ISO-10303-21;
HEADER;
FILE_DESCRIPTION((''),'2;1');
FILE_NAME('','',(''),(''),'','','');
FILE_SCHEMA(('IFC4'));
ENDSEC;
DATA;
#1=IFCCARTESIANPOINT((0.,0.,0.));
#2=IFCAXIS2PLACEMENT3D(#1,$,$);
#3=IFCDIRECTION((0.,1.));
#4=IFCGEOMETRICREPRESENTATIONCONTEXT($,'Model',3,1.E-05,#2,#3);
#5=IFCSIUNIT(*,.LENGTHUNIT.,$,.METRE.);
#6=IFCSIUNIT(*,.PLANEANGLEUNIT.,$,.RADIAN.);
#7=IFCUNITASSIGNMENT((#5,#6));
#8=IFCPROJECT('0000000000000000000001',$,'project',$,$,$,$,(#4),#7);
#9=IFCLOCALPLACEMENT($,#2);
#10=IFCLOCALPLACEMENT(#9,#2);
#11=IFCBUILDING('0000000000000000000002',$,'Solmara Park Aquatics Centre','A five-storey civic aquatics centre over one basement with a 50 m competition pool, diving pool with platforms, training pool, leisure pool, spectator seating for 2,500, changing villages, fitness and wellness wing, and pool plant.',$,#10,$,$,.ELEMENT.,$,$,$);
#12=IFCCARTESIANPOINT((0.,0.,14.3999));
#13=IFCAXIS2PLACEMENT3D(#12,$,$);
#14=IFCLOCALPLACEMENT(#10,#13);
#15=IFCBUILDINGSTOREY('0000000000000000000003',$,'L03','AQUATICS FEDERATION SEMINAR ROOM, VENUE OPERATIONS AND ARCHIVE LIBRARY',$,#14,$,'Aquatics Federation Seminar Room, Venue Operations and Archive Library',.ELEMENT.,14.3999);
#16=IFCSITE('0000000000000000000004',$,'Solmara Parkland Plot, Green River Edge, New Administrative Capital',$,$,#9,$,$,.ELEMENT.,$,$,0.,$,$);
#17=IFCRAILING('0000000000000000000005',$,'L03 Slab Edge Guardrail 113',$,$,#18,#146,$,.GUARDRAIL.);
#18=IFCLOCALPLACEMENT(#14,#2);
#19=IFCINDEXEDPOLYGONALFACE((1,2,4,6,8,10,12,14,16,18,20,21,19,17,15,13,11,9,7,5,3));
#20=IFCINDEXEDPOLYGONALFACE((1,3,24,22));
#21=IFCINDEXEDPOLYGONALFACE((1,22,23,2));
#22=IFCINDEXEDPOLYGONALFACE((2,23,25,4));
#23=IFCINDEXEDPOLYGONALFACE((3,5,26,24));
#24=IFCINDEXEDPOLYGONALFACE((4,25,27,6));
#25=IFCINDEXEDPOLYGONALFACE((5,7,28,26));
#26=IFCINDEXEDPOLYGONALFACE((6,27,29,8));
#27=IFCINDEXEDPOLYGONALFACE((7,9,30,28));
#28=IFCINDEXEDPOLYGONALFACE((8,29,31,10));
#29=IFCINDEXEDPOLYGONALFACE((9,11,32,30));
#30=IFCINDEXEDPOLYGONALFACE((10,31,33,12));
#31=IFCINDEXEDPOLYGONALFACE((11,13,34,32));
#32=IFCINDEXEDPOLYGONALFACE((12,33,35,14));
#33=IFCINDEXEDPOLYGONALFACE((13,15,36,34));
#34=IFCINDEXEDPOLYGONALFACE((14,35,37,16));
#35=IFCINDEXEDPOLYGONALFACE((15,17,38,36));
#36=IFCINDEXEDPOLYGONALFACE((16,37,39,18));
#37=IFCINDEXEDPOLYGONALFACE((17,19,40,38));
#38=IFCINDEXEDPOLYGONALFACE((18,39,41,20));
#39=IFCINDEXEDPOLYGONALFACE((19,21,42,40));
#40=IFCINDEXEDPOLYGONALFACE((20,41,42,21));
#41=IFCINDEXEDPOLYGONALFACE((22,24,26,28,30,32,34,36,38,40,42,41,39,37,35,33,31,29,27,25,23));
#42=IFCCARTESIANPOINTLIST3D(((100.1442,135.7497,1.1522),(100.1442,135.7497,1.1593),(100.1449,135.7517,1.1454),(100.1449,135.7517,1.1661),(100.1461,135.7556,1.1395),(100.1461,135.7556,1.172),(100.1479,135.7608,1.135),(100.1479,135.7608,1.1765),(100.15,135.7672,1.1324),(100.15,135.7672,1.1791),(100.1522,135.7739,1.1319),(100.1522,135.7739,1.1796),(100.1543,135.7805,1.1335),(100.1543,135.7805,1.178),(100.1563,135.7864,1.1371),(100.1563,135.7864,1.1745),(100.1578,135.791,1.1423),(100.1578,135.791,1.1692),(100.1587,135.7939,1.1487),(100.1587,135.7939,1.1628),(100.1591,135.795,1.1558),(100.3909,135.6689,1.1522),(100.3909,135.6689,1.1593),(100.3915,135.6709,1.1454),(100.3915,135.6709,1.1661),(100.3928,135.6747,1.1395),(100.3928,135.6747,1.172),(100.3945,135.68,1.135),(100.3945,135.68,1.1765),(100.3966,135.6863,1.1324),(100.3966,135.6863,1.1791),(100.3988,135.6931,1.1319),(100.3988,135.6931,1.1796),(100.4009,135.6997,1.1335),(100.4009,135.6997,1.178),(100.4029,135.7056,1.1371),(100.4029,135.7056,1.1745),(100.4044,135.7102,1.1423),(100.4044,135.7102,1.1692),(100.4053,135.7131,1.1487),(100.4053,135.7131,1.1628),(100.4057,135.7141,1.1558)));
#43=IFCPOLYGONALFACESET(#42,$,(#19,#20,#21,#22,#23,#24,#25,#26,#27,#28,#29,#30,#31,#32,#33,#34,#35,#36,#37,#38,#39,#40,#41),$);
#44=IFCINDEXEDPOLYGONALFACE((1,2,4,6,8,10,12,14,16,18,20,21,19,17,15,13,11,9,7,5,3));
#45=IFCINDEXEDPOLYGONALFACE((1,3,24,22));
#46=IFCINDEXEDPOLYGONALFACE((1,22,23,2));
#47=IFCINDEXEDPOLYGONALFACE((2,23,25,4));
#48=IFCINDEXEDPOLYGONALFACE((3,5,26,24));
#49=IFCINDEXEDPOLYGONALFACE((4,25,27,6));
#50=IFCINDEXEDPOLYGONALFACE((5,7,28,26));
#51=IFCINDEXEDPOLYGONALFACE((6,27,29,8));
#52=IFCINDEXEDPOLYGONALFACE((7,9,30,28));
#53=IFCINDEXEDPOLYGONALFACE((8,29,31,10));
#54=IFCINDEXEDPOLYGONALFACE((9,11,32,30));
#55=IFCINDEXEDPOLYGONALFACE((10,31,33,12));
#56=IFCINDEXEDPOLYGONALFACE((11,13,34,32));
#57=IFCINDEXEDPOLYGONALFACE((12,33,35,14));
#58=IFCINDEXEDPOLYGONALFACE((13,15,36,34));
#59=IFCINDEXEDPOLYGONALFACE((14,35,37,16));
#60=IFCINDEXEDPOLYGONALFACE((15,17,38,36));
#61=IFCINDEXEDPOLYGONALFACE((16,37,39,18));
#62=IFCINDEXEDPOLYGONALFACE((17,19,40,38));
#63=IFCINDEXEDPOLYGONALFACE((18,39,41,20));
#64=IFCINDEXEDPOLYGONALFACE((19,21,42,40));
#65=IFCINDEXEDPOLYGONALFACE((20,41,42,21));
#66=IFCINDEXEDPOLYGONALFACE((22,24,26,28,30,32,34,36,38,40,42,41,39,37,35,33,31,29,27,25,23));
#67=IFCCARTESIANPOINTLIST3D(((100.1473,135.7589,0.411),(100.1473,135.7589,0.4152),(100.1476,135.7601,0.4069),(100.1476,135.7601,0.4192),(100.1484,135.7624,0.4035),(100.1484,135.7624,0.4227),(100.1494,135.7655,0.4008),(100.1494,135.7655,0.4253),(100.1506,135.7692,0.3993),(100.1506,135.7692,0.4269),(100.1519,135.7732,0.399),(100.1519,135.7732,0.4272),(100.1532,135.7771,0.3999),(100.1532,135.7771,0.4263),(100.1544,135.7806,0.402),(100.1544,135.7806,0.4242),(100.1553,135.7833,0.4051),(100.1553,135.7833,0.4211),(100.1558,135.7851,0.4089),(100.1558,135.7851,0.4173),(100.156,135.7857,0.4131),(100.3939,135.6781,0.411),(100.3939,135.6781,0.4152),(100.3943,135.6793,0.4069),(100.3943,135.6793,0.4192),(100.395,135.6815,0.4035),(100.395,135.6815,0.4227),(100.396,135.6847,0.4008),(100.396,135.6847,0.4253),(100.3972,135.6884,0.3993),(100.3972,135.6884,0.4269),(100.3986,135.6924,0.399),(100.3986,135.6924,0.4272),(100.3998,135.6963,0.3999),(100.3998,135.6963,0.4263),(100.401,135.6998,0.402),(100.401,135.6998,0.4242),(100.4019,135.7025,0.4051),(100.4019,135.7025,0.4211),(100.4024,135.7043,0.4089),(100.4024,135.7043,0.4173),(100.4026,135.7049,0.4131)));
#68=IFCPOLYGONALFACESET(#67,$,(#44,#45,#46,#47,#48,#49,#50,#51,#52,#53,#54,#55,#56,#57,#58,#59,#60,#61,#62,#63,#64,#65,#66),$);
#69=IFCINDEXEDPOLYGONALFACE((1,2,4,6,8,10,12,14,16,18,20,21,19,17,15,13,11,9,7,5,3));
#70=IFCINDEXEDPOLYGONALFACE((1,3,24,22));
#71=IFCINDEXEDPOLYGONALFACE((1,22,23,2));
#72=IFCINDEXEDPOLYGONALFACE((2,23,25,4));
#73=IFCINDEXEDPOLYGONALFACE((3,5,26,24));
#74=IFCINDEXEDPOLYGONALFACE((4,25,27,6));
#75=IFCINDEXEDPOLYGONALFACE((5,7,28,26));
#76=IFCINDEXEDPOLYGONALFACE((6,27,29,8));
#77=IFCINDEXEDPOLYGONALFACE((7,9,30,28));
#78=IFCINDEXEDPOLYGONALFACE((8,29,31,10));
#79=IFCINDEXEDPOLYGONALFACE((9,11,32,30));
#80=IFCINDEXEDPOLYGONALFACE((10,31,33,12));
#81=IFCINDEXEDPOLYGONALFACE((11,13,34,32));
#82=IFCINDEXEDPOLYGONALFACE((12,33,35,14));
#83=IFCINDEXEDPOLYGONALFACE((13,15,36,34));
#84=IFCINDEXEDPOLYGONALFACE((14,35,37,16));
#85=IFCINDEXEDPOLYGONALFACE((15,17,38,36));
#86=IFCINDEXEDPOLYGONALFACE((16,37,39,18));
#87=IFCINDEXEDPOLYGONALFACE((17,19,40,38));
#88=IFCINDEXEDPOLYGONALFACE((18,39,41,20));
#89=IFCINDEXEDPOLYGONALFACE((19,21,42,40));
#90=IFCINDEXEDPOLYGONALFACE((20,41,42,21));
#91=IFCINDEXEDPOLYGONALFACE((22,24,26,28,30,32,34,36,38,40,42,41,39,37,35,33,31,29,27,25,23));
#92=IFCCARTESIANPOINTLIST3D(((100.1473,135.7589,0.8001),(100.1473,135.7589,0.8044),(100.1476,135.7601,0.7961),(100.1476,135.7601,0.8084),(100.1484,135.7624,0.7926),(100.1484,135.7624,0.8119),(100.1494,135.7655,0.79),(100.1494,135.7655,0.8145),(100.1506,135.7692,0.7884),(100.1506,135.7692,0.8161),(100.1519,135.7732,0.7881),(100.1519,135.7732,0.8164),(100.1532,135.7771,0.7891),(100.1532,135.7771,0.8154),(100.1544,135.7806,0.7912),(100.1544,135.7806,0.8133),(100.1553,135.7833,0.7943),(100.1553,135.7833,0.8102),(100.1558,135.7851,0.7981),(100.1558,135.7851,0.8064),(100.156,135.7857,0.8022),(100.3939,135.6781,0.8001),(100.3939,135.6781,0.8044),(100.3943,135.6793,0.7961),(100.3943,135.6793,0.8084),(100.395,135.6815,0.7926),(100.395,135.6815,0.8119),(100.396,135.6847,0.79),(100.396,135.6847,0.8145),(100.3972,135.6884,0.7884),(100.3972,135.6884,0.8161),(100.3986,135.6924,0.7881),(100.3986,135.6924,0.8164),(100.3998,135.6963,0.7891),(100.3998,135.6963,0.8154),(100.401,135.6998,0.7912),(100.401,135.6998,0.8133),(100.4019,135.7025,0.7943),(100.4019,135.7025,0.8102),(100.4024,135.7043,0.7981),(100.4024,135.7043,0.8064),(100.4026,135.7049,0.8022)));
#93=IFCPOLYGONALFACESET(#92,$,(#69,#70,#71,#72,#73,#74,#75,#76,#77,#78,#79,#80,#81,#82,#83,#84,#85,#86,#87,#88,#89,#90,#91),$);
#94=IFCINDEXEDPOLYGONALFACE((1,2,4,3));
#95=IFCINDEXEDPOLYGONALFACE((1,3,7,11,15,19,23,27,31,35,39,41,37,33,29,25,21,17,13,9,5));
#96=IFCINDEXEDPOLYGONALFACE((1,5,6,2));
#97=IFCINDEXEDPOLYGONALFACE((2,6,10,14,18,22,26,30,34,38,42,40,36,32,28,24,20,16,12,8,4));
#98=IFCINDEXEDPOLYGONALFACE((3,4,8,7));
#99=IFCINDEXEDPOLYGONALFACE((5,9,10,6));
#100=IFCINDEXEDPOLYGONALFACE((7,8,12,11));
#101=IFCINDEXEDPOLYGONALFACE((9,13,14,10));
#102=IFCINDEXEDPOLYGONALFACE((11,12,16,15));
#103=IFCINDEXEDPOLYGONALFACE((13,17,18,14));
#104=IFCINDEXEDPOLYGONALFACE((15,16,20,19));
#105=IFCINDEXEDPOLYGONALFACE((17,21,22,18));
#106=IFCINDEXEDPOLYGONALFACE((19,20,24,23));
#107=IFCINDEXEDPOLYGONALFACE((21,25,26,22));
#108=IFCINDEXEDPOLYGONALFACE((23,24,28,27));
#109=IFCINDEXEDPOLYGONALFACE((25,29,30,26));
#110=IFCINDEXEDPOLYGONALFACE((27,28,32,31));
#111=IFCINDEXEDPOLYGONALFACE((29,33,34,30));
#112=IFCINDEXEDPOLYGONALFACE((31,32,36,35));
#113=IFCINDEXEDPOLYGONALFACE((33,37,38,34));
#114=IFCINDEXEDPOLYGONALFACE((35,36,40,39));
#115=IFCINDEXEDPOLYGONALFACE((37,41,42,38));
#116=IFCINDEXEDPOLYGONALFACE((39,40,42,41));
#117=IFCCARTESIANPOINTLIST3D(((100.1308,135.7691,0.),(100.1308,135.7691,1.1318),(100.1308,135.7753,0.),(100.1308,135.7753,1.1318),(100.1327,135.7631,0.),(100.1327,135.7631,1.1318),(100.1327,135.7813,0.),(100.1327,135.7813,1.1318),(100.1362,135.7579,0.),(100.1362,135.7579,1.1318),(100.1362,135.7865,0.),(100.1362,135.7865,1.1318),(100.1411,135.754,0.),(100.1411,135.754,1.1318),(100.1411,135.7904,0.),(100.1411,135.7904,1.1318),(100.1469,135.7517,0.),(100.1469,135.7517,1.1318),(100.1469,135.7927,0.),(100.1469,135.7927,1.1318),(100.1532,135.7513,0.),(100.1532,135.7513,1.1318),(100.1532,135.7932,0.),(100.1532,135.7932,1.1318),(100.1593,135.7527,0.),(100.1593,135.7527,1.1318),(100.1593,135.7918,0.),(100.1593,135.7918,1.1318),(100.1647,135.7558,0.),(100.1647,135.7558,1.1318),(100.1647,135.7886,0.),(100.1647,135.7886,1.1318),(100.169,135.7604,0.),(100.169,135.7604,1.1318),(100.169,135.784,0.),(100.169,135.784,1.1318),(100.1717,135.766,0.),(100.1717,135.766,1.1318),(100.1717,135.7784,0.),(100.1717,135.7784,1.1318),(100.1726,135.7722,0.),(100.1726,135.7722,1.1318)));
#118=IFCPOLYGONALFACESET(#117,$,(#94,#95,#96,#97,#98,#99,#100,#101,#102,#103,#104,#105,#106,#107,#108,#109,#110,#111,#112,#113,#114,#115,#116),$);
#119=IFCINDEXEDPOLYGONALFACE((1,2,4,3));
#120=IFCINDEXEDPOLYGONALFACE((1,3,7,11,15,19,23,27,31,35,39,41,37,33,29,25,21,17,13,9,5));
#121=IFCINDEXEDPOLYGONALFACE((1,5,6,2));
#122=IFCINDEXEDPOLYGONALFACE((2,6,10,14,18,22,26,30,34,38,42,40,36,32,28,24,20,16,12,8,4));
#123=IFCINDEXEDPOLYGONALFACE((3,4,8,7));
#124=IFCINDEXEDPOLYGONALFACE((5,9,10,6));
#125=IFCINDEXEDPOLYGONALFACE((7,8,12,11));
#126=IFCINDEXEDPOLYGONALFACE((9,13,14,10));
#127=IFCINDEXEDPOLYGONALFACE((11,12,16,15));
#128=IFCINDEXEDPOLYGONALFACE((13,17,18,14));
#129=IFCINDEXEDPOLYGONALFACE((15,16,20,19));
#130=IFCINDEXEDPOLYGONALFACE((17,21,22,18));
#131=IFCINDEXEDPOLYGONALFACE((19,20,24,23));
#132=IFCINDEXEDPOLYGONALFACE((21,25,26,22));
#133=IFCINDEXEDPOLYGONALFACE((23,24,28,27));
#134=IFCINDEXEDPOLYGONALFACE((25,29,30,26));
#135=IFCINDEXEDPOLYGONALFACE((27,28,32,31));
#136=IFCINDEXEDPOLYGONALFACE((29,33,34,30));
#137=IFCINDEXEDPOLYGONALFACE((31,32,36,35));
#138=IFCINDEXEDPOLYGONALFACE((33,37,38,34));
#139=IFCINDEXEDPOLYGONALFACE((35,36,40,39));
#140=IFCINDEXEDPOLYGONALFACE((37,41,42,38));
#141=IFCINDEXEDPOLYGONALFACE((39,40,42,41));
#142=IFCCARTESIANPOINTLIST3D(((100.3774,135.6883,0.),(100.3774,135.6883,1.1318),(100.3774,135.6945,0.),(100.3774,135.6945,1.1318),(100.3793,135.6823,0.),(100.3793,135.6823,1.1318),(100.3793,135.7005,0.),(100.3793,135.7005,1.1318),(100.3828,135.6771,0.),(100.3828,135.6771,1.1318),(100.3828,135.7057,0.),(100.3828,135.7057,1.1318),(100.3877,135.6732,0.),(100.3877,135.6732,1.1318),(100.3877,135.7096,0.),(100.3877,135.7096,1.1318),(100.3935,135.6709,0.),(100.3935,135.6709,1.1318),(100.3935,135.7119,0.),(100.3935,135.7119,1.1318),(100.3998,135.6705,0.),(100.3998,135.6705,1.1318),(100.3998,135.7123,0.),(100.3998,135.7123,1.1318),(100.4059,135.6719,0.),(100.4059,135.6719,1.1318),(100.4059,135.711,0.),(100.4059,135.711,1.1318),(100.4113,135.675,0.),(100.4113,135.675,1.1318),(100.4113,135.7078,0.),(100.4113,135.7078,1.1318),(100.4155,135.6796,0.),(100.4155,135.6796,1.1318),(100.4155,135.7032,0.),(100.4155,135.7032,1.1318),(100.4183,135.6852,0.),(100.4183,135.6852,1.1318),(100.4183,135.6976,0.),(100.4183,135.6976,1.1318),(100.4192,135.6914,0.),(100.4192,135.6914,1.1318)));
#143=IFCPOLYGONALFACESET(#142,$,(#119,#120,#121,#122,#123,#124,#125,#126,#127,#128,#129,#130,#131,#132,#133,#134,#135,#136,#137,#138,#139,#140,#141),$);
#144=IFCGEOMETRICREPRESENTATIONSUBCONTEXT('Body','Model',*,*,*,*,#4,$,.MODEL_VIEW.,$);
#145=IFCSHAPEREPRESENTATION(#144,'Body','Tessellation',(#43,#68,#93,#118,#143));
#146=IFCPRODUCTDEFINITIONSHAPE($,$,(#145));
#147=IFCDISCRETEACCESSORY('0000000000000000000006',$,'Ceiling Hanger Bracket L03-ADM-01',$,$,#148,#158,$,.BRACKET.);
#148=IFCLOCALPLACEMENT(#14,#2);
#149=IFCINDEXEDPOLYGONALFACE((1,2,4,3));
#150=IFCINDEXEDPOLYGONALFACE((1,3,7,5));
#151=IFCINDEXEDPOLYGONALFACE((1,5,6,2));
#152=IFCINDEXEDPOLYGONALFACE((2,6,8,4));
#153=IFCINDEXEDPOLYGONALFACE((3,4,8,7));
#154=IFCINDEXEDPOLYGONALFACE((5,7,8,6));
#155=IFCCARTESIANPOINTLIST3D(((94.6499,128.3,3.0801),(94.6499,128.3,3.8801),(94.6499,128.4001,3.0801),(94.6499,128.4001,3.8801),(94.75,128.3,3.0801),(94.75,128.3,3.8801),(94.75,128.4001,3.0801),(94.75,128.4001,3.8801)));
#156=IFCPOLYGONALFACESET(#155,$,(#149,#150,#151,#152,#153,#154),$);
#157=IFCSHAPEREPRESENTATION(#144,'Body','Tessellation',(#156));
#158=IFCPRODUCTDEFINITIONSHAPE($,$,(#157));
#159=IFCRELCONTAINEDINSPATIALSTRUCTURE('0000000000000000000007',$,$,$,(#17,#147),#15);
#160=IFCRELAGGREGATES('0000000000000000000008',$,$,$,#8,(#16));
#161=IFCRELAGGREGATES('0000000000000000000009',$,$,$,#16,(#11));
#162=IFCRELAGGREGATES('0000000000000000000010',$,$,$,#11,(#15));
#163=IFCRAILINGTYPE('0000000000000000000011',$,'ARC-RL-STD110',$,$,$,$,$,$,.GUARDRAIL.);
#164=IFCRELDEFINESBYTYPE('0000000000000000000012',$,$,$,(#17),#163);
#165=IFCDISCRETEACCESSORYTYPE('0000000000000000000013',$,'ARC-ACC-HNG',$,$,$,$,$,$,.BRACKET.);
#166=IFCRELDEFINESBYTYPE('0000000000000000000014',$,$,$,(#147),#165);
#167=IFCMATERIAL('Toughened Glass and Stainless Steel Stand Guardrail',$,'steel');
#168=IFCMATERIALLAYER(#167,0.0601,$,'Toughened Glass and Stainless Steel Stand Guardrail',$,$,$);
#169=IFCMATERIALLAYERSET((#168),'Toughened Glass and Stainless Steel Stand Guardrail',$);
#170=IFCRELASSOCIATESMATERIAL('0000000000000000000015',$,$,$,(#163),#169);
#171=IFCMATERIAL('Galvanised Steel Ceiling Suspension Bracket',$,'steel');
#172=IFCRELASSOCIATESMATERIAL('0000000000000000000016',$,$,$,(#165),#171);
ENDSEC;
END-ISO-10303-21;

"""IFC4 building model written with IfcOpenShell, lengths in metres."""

from ifc_helpers import new_model, si_unit, direction, frame, origin, origin_2d, place, context, subcontext, project, spatial, rectangle, circle, extrude, material, layer, layer_set, type_object, element, save


model = new_model("IFC4")

# Units and contexts
model_context = context("Model", 3, precision=1e-05, world=origin(), true_north=direction((0.0, 1.0)))
body_context = subcontext(model_context, "Body", "Model", "MODEL_VIEW")
ifc_project = project(units=[si_unit("LENGTHUNIT", "METRE"), si_unit("PLANEANGLEUNIT", "RADIAN")], contexts=[model_context])

# Site, building, storey
site_placement = place(None, origin())
site = spatial("IfcSite", under=ifc_project, at=site_placement, Name="Solmara Parkland Plot, Green River Edge, New Administrative Capital", CompositionType="ELEMENT", RefElevation=0.0)
building_placement = place(site_placement, origin())
building = spatial("IfcBuilding", under=site, at=building_placement, Name="Solmara Park Aquatics Centre", Description="A five-storey civic aquatics centre over one basement with a 50 m competition pool, diving pool with platforms, training pool, leisure pool, spectator seating for 2,500, changing villages, fitness and wellness wing, and pool plant.", CompositionType="ELEMENT")
storey_placement = place(building_placement, frame((0.0, 0.0, 14.3999)))
storey = spatial("IfcBuildingStorey", under=building, at=storey_placement, Name="L03", Description="AQUATICS FEDERATION SEMINAR ROOM, VENUE OPERATIONS AND ARCHIVE LIBRARY", LongName="Aquatics Federation Seminar Room, Venue Operations and Archive Library", CompositionType="ELEMENT", Elevation=14.3999)

# Railing
ifc_material_1 = material(Name="Toughened Glass and Stainless Steel Stand Guardrail", Category="steel")
ifc_layer_1 = layer(ifc_material_1, 0.0601, Name="Toughened Glass and Stainless Steel Stand Guardrail")
ifc_layer_set_1 = layer_set([ifc_layer_1], Name="Toughened Glass and Stainless Steel Stand Guardrail")
railing_type = type_object("IfcRailingType", Name="ARC-RL-STD110", PredefinedType="GUARDRAIL", material=ifc_layer_set_1)
railing_1_placement = place(storey_placement, frame((100.1516, 135.7722, 0.0)))
element("IfcRailing", 1, at=railing_1_placement, inside=storey, type_object=railing_type, Name="L03 Slab Edge Guardrail 113", PredefinedType="GUARDRAIL", context=body_context, shape_type="SweptSolid", body=[
    extrude(circle(Radius=0.0239, at=origin_2d()), frame((0.0, 0.0, 1.1558), z_axis=(0.950271, -0.311425, 0.0), x_axis=(0.311425, 0.950271, 0.0)), (0.0, 0.0, 1.0), 0.2595),
    extrude(circle(Radius=0.0142, at=origin_2d()), frame((0.0, 0.0, 0.4131), z_axis=(0.950271, -0.311425, 0.0), x_axis=(0.311425, 0.950271, 0.0)), (0.0, 0.0, 1.0), 0.2595),
    extrude(circle(Radius=0.0142, at=origin_2d()), frame((0.0, 0.0, 0.8022), z_axis=(0.950271, -0.311425, 0.0), x_axis=(0.311425, 0.950271, 0.0)), (0.0, 0.0, 1.0), 0.2595),
    extrude(circle(Radius=0.021, at=origin_2d()), origin(), (0.0, 0.0, 1.0), 1.1318),
    extrude(circle(Radius=0.021, at=origin_2d()), frame((0.2466, -0.0808, 0.0)), (0.0, 0.0, 1.0), 1.1318),
])

# Discrete accessory
ifc_material_2 = material(Name="Galvanised Steel Ceiling Suspension Bracket", Category="steel")
discrete_accessory_type = type_object("IfcDiscreteAccessoryType", Name="ARC-ACC-HNG", PredefinedType="BRACKET", material=ifc_material_2)
discrete_accessory_placement = place(storey_placement, frame((94.7, 128.3501, 3.0801), z_axis=(0.0, 0.0, 1.0), x_axis=(1.0, 0.0, 0.0)))
element("IfcDiscreteAccessory", 2, at=discrete_accessory_placement, inside=storey, type_object=discrete_accessory_type, Name="Ceiling Hanger Bracket L03-ADM-01", PredefinedType="BRACKET", context=body_context, shape_type="SweptSolid", body=[
    extrude(rectangle(XDim=0.1001, YDim=0.1001, at=origin_2d()), origin(), (0.0, 0.0, 1.0), 0.8),
])

save(model, "model.ifc")
